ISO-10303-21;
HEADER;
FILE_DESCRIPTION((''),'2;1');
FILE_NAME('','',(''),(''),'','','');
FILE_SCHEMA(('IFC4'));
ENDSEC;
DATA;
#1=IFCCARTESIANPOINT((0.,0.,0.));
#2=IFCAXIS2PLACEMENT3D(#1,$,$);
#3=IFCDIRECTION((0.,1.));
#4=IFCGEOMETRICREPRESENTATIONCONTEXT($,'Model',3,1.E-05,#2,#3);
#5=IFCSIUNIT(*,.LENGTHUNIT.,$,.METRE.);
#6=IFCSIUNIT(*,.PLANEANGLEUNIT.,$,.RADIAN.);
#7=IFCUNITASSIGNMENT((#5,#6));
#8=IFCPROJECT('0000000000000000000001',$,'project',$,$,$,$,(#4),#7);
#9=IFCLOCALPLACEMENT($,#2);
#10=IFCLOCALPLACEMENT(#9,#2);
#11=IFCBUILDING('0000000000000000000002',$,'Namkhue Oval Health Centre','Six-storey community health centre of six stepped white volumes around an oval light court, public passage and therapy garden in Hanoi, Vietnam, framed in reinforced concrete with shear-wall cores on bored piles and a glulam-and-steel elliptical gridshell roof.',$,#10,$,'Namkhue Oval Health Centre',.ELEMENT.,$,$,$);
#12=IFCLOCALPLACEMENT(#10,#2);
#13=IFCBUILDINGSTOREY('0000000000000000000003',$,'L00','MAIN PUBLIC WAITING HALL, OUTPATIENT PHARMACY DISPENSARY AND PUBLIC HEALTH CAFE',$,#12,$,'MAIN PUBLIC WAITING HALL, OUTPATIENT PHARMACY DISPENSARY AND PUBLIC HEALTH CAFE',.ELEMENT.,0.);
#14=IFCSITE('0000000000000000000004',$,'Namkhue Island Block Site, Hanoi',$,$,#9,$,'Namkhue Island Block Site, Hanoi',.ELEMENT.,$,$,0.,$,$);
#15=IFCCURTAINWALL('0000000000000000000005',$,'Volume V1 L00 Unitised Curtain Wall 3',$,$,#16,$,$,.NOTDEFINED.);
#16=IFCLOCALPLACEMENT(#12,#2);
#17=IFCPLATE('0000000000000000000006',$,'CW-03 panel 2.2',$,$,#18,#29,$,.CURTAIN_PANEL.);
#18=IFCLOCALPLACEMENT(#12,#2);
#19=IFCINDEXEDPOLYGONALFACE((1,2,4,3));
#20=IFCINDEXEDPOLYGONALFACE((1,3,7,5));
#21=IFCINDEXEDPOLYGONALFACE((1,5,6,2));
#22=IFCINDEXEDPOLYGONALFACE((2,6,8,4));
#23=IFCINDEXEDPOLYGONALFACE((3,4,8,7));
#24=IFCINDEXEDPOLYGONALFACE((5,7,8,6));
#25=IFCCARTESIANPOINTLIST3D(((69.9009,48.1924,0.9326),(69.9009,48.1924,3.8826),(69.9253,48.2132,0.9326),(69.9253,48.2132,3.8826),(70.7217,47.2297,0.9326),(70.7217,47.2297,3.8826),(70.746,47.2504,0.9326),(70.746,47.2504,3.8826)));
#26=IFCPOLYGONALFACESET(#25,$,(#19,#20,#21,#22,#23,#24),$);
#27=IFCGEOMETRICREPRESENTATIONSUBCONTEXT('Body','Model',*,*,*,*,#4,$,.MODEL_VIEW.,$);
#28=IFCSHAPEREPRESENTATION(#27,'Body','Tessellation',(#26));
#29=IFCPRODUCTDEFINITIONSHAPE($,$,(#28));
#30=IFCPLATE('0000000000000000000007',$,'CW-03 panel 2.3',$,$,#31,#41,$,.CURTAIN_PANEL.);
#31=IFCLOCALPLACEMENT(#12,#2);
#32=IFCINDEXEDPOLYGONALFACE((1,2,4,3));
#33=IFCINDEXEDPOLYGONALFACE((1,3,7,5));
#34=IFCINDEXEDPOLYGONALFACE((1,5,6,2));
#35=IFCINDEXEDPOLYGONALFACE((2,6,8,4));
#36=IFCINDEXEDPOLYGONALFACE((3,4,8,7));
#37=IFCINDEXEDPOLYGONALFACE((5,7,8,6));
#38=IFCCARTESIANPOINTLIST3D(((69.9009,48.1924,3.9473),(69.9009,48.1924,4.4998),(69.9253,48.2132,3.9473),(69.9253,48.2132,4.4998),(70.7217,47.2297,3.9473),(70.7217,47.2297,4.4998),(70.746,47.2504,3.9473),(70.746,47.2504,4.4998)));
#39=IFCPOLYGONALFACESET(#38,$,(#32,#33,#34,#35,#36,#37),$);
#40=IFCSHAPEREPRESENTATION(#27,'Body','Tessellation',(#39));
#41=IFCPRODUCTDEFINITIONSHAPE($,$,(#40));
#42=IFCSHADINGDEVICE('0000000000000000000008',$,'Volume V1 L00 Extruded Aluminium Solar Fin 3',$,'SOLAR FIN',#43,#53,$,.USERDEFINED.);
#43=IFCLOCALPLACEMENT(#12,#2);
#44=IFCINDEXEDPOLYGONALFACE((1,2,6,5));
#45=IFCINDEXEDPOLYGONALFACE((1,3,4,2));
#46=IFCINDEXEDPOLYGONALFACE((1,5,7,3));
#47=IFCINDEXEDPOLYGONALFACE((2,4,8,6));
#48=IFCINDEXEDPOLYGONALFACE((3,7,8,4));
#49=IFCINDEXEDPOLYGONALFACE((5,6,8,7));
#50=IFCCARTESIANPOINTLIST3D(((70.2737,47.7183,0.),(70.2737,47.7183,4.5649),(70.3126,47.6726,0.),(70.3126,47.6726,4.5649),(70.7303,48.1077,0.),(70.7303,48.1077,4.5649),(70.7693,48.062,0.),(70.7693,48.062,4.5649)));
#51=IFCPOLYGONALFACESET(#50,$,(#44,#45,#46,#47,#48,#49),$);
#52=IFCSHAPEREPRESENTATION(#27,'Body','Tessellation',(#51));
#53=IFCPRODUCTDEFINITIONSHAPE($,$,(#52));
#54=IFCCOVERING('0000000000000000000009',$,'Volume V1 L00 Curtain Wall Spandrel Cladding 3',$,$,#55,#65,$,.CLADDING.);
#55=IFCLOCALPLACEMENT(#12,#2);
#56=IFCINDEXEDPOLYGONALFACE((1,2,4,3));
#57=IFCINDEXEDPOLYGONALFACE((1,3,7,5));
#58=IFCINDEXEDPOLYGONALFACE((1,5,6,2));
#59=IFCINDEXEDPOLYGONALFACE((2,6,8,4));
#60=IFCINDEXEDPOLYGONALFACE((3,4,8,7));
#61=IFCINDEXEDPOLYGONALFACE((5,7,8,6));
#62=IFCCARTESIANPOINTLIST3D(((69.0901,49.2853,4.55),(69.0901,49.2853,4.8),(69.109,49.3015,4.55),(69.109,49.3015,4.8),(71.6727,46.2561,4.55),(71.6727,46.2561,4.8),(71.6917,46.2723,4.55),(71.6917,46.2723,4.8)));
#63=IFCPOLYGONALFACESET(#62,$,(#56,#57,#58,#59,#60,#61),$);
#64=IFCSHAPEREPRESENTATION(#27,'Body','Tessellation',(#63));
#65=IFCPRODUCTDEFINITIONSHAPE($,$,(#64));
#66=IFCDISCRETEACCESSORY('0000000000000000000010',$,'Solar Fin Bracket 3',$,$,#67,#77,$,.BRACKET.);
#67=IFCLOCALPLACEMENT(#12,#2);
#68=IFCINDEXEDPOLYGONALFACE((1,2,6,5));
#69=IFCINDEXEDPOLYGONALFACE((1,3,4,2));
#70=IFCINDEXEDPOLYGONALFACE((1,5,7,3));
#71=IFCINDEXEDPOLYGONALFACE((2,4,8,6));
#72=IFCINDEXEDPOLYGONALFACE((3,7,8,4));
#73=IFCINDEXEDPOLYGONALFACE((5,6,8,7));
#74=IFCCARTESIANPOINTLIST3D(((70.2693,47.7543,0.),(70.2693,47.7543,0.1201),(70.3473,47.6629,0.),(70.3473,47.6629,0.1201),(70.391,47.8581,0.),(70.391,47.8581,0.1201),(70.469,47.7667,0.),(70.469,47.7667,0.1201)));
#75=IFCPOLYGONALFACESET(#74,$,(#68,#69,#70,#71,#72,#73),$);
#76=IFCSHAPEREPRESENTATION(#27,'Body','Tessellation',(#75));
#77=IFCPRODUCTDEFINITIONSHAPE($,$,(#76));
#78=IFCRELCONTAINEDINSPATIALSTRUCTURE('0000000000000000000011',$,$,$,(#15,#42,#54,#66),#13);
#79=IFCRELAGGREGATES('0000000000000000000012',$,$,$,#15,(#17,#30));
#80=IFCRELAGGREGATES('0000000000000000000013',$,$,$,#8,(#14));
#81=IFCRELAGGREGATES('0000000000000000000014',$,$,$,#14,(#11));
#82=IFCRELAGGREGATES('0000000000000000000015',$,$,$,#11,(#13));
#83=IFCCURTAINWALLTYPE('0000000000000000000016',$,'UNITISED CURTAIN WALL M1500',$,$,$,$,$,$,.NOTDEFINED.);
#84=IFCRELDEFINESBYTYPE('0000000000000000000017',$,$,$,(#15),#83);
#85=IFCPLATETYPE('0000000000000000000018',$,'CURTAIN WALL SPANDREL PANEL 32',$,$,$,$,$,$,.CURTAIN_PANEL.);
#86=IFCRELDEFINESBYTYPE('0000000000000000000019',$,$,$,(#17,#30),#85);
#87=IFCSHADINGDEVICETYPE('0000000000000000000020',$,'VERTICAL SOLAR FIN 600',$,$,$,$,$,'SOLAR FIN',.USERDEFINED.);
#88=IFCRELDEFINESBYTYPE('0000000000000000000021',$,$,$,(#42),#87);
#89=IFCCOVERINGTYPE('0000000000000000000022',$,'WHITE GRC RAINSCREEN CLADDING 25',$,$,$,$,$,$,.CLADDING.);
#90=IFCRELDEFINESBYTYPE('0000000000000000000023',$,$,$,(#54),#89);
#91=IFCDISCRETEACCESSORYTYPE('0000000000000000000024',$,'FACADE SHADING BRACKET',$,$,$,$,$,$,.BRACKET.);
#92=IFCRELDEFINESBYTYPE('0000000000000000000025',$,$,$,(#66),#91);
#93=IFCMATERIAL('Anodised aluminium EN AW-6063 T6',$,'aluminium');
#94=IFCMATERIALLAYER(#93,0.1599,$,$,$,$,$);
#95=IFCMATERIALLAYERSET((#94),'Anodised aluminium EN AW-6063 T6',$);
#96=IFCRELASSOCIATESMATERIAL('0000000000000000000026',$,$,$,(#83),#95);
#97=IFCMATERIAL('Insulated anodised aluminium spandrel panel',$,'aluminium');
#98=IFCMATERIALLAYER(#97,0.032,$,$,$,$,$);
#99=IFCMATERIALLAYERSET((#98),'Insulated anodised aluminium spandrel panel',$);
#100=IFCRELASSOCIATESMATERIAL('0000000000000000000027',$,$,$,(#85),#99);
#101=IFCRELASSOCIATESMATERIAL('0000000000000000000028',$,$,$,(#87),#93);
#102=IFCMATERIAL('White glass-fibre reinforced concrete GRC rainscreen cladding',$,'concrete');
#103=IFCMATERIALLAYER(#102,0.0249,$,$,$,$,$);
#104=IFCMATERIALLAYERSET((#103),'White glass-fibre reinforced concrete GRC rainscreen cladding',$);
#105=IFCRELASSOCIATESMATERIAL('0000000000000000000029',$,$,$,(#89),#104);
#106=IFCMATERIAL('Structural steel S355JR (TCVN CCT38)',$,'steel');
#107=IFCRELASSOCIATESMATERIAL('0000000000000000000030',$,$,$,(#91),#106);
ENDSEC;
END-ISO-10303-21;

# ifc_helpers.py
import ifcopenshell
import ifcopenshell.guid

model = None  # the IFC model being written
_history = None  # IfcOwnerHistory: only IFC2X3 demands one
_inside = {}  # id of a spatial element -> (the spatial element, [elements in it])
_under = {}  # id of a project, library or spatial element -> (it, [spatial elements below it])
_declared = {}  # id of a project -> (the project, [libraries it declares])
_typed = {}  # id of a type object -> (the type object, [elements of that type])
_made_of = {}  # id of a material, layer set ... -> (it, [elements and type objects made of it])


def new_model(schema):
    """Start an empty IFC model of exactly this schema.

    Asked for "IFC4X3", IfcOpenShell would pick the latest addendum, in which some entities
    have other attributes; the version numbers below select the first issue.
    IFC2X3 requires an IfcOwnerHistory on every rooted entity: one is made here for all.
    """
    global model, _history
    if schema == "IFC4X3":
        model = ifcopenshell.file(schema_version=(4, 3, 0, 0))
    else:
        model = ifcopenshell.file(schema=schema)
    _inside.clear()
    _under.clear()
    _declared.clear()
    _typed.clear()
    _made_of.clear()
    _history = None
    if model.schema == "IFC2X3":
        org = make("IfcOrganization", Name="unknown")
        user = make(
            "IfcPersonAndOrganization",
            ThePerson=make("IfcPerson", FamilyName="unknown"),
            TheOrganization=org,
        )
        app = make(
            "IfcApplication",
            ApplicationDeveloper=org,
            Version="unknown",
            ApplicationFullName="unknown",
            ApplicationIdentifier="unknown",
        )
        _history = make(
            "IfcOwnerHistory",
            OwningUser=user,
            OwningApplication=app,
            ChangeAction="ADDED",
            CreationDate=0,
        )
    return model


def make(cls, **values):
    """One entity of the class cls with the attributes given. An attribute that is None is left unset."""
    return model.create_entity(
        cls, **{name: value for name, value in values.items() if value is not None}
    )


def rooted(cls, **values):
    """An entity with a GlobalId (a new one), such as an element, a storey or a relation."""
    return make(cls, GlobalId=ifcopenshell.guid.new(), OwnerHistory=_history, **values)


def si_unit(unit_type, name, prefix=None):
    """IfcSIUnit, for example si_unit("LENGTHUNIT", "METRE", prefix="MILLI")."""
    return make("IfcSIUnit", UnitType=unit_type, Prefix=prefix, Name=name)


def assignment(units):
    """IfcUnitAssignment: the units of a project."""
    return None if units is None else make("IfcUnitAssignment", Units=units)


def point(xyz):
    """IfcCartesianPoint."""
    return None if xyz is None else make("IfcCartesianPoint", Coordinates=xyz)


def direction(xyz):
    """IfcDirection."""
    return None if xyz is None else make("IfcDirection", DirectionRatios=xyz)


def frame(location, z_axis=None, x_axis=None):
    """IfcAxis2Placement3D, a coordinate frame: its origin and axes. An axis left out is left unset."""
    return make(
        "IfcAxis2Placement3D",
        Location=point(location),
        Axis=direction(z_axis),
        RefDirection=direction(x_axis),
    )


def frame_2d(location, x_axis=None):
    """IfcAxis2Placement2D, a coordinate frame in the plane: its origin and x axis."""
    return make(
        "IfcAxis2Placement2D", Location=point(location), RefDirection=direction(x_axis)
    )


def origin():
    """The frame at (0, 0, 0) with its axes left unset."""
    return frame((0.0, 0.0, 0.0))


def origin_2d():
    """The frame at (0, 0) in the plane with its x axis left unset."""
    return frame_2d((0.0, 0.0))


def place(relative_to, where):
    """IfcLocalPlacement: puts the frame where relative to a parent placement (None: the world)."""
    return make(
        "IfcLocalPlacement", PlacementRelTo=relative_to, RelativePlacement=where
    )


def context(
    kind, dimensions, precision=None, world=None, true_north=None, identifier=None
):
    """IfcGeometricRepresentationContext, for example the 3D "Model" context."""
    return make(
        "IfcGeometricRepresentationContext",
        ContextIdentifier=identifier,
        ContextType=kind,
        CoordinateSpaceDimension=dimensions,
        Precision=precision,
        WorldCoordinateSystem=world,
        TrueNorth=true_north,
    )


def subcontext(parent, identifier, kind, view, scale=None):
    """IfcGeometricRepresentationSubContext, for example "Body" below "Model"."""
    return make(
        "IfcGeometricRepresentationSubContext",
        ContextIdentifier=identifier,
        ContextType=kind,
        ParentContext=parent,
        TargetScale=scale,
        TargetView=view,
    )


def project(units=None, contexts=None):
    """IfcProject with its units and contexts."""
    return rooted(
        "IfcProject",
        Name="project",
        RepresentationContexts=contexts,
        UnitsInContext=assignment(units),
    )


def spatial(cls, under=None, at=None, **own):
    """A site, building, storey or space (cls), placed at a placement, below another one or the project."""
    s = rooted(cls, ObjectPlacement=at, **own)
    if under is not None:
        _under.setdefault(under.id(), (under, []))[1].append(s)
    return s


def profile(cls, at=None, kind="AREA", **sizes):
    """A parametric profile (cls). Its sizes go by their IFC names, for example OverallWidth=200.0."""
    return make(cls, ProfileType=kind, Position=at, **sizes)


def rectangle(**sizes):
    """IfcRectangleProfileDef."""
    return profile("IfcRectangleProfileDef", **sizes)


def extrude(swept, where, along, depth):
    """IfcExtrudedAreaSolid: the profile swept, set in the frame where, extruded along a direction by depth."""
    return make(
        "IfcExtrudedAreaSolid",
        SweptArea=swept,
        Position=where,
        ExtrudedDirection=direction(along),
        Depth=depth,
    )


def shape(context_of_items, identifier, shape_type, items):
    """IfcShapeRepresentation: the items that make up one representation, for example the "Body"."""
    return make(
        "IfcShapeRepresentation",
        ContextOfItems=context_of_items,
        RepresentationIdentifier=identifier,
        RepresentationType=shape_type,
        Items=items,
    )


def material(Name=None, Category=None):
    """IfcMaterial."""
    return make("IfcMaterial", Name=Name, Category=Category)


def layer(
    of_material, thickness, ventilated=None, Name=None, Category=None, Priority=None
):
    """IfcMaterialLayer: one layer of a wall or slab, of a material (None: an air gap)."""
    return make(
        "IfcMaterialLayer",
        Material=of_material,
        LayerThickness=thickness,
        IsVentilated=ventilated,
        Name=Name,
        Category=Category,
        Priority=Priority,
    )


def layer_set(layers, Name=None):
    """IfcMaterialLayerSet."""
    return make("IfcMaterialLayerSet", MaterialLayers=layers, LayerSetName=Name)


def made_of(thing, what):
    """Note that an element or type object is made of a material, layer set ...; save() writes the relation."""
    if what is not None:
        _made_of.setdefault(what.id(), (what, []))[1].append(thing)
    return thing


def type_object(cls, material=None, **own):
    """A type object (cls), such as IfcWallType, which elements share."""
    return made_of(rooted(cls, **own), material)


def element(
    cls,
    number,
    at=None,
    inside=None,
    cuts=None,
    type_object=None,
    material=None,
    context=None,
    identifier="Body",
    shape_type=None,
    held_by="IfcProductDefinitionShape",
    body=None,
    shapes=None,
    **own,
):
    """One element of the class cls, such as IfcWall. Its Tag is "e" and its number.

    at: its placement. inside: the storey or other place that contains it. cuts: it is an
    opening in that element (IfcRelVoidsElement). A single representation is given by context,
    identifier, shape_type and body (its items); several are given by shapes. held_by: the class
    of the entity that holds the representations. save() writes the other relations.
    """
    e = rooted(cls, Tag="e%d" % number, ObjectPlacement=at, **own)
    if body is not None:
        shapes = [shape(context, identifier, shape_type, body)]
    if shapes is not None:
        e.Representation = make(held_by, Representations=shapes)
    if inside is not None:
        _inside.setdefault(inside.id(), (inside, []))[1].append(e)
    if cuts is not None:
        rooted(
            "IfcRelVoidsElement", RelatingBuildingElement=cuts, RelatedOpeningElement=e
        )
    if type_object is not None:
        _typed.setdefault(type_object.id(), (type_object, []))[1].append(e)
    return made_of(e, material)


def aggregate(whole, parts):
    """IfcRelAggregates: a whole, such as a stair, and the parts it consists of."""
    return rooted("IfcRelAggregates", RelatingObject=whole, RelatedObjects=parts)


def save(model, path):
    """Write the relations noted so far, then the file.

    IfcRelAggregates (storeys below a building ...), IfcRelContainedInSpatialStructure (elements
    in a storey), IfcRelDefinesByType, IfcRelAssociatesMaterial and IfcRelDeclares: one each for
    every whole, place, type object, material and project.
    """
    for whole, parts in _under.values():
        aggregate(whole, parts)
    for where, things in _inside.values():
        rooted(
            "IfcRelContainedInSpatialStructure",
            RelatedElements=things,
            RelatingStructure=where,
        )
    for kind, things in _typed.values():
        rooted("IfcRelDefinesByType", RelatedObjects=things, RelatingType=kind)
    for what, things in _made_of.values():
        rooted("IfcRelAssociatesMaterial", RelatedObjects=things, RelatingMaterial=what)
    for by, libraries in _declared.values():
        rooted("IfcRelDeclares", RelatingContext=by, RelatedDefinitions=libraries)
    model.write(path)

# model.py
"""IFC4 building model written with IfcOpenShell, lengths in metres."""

from ifc_helpers import new_model, si_unit, direction, frame, origin, origin_2d, place, context, subcontext, project, spatial, rectangle, extrude, material, layer, layer_set, type_object, element, aggregate, save


model = new_model("IFC4")

# Units and contexts
model_context = context("Model", 3, precision=1e-05, world=origin(), true_north=direction((0.0, 1.0)))
body_context = subcontext(model_context, "Body", "Model", "MODEL_VIEW")
ifc_project = project(units=[si_unit("LENGTHUNIT", "METRE"), si_unit("PLANEANGLEUNIT", "RADIAN")], contexts=[model_context])

# Site, building, storey
site_placement = place(None, origin())
site = spatial("IfcSite", under=ifc_project, at=site_placement, Name="Namkhue Island Block Site, Hanoi", LongName="Namkhue Island Block Site, Hanoi", CompositionType="ELEMENT", RefElevation=0.0)
building_placement = place(site_placement, origin())
building = spatial("IfcBuilding", under=site, at=building_placement, Name="Namkhue Oval Health Centre", Description="Six-storey community health centre of six stepped white volumes around an oval light court, public passage and therapy garden in Hanoi, Vietnam, framed in reinforced concrete with shear-wall cores on bored piles and a glulam-and-steel elliptical gridshell roof.", LongName="Namkhue Oval Health Centre", CompositionType="ELEMENT")
storey_placement = place(building_placement, origin())
storey = spatial("IfcBuildingStorey", under=building, at=storey_placement, Name="L00", Description="MAIN PUBLIC WAITING HALL, OUTPATIENT PHARMACY DISPENSARY AND PUBLIC HEALTH CAFE", LongName="MAIN PUBLIC WAITING HALL, OUTPATIENT PHARMACY DISPENSARY AND PUBLIC HEALTH CAFE", CompositionType="ELEMENT", Elevation=0.0)

# Curtain wall, plates
ifc_material_1 = material(Name="Anodised aluminium EN AW-6063 T6", Category="aluminium")
ifc_layer_1 = layer(ifc_material_1, 0.1599)
ifc_layer_set_1 = layer_set([ifc_layer_1], Name="Anodised aluminium EN AW-6063 T6")
curtain_wall_type = type_object("IfcCurtainWallType", Name="UNITISED CURTAIN WALL M1500", PredefinedType="NOTDEFINED", material=ifc_layer_set_1)
curtain_wall_placement = place(storey_placement, origin())
curtain_wall = element("IfcCurtainWall", 1, at=curtain_wall_placement, inside=storey, type_object=curtain_wall_type, Name="Volume V1 L00 Unitised Curtain Wall 3", PredefinedType="NOTDEFINED")
ifc_material_2 = material(Name="Insulated anodised aluminium spandrel panel", Category="aluminium")
ifc_layer_2 = layer(ifc_material_2, 0.032)
ifc_layer_set_2 = layer_set([ifc_layer_2], Name="Insulated anodised aluminium spandrel panel")
plate_type = type_object("IfcPlateType", Name="CURTAIN WALL SPANDREL PANEL 32", PredefinedType="CURTAIN_PANEL", material=ifc_layer_set_2)
plate_1_placement = place(storey_placement, frame((70.3235, 47.7214, 0.9326), z_axis=(0.0, 0.0, 1.0), x_axis=(-0.648746, 0.761005, 0.0)))
plate_1 = element("IfcPlate", 2, at=plate_1_placement, type_object=plate_type, Name="CW-03 panel 2.2", PredefinedType="CURTAIN_PANEL", context=body_context, shape_type="SweptSolid", body=[
    extrude(rectangle(XDim=1.2651, YDim=0.032, at=origin_2d()), origin(), (0.0, 0.0, 1.0), 2.95),
])
plate_2_placement = place(storey_placement, frame((70.3235, 47.7214, 3.9473), z_axis=(0.0, 0.0, 1.0), x_axis=(-0.648746, 0.761005, 0.0)))
plate_2 = element("IfcPlate", 3, at=plate_2_placement, type_object=plate_type, Name="CW-03 panel 2.3", PredefinedType="CURTAIN_PANEL", context=body_context, shape_type="SweptSolid", body=[
    extrude(rectangle(XDim=1.2651, YDim=0.032, at=origin_2d()), origin(), (0.0, 0.0, 1.0), 0.5525),
])
aggregate(curtain_wall, [plate_1, plate_2])

# Shading device
shading_device_type = type_object("IfcShadingDeviceType", Name="VERTICAL SOLAR FIN 600", ElementType="SOLAR FIN", PredefinedType="USERDEFINED", material=ifc_material_1)
shading_device_placement = place(storey_placement, frame((70.5215, 47.8901, 0.0), z_axis=(0.0, 0.0, 1.0), x_axis=(0.760972, 0.648784, 0.0)))
element("IfcShadingDevice", 4, at=shading_device_placement, inside=storey, type_object=shading_device_type, Name="Volume V1 L00 Extruded Aluminium Solar Fin 3", ObjectType="SOLAR FIN", PredefinedType="USERDEFINED", context=body_context, shape_type="SweptSolid", body=[
    extrude(rectangle(XDim=0.6001, YDim=0.0601, at=origin_2d()), origin(), (0.0, 0.0, 1.0), 4.5649),
])

# Covering
ifc_material_3 = material(Name="White glass-fibre reinforced concrete GRC rainscreen cladding", Category="concrete")
ifc_layer_3 = layer(ifc_material_3, 0.0249)
ifc_layer_set_3 = layer_set([ifc_layer_3], Name="White glass-fibre reinforced concrete GRC rainscreen cladding")
covering_type = type_object("IfcCoveringType", Name="WHITE GRC RAINSCREEN CLADDING 25", PredefinedType="CLADDING", material=ifc_layer_set_3)
covering_placement = place(storey_placement, frame((70.3909, 47.7788, 4.55), z_axis=(0.0, 0.0, 1.0), x_axis=(-0.648784, 0.760972, 0.0)))
element("IfcCovering", 5, at=covering_placement, inside=storey, type_object=covering_type, Name="Volume V1 L00 Curtain Wall Spandrel Cladding 3", PredefinedType="CLADDING", context=body_context, shape_type="SweptSolid", body=[
    extrude(rectangle(XDim=3.9807, YDim=0.0249, at=origin_2d()), origin(), (0.0, 0.0, 1.0), 0.25),
])

# Discrete accessory
ifc_material_4 = material(Name="Structural steel S355JR (TCVN CCT38)", Category="steel")
discrete_accessory_type = type_object("IfcDiscreteAccessoryType", Name="FACADE SHADING BRACKET", PredefinedType="BRACKET", material=ifc_material_4)
discrete_accessory_placement = place(storey_placement, frame((70.3691, 47.7605, 0.0), z_axis=(0.0, 0.0, 1.0), x_axis=(0.760972, 0.648784, 0.0)))
element("IfcDiscreteAccessory", 6, at=discrete_accessory_placement, inside=storey, type_object=discrete_accessory_type, Name="Solar Fin Bracket 3", PredefinedType="BRACKET", context=body_context, shape_type="SweptSolid", body=[
    extrude(rectangle(XDim=0.1599, YDim=0.1201, at=origin_2d()), origin(), (0.0, 0.0, 1.0), 0.1201),
])

save(model, "model.ifc")
